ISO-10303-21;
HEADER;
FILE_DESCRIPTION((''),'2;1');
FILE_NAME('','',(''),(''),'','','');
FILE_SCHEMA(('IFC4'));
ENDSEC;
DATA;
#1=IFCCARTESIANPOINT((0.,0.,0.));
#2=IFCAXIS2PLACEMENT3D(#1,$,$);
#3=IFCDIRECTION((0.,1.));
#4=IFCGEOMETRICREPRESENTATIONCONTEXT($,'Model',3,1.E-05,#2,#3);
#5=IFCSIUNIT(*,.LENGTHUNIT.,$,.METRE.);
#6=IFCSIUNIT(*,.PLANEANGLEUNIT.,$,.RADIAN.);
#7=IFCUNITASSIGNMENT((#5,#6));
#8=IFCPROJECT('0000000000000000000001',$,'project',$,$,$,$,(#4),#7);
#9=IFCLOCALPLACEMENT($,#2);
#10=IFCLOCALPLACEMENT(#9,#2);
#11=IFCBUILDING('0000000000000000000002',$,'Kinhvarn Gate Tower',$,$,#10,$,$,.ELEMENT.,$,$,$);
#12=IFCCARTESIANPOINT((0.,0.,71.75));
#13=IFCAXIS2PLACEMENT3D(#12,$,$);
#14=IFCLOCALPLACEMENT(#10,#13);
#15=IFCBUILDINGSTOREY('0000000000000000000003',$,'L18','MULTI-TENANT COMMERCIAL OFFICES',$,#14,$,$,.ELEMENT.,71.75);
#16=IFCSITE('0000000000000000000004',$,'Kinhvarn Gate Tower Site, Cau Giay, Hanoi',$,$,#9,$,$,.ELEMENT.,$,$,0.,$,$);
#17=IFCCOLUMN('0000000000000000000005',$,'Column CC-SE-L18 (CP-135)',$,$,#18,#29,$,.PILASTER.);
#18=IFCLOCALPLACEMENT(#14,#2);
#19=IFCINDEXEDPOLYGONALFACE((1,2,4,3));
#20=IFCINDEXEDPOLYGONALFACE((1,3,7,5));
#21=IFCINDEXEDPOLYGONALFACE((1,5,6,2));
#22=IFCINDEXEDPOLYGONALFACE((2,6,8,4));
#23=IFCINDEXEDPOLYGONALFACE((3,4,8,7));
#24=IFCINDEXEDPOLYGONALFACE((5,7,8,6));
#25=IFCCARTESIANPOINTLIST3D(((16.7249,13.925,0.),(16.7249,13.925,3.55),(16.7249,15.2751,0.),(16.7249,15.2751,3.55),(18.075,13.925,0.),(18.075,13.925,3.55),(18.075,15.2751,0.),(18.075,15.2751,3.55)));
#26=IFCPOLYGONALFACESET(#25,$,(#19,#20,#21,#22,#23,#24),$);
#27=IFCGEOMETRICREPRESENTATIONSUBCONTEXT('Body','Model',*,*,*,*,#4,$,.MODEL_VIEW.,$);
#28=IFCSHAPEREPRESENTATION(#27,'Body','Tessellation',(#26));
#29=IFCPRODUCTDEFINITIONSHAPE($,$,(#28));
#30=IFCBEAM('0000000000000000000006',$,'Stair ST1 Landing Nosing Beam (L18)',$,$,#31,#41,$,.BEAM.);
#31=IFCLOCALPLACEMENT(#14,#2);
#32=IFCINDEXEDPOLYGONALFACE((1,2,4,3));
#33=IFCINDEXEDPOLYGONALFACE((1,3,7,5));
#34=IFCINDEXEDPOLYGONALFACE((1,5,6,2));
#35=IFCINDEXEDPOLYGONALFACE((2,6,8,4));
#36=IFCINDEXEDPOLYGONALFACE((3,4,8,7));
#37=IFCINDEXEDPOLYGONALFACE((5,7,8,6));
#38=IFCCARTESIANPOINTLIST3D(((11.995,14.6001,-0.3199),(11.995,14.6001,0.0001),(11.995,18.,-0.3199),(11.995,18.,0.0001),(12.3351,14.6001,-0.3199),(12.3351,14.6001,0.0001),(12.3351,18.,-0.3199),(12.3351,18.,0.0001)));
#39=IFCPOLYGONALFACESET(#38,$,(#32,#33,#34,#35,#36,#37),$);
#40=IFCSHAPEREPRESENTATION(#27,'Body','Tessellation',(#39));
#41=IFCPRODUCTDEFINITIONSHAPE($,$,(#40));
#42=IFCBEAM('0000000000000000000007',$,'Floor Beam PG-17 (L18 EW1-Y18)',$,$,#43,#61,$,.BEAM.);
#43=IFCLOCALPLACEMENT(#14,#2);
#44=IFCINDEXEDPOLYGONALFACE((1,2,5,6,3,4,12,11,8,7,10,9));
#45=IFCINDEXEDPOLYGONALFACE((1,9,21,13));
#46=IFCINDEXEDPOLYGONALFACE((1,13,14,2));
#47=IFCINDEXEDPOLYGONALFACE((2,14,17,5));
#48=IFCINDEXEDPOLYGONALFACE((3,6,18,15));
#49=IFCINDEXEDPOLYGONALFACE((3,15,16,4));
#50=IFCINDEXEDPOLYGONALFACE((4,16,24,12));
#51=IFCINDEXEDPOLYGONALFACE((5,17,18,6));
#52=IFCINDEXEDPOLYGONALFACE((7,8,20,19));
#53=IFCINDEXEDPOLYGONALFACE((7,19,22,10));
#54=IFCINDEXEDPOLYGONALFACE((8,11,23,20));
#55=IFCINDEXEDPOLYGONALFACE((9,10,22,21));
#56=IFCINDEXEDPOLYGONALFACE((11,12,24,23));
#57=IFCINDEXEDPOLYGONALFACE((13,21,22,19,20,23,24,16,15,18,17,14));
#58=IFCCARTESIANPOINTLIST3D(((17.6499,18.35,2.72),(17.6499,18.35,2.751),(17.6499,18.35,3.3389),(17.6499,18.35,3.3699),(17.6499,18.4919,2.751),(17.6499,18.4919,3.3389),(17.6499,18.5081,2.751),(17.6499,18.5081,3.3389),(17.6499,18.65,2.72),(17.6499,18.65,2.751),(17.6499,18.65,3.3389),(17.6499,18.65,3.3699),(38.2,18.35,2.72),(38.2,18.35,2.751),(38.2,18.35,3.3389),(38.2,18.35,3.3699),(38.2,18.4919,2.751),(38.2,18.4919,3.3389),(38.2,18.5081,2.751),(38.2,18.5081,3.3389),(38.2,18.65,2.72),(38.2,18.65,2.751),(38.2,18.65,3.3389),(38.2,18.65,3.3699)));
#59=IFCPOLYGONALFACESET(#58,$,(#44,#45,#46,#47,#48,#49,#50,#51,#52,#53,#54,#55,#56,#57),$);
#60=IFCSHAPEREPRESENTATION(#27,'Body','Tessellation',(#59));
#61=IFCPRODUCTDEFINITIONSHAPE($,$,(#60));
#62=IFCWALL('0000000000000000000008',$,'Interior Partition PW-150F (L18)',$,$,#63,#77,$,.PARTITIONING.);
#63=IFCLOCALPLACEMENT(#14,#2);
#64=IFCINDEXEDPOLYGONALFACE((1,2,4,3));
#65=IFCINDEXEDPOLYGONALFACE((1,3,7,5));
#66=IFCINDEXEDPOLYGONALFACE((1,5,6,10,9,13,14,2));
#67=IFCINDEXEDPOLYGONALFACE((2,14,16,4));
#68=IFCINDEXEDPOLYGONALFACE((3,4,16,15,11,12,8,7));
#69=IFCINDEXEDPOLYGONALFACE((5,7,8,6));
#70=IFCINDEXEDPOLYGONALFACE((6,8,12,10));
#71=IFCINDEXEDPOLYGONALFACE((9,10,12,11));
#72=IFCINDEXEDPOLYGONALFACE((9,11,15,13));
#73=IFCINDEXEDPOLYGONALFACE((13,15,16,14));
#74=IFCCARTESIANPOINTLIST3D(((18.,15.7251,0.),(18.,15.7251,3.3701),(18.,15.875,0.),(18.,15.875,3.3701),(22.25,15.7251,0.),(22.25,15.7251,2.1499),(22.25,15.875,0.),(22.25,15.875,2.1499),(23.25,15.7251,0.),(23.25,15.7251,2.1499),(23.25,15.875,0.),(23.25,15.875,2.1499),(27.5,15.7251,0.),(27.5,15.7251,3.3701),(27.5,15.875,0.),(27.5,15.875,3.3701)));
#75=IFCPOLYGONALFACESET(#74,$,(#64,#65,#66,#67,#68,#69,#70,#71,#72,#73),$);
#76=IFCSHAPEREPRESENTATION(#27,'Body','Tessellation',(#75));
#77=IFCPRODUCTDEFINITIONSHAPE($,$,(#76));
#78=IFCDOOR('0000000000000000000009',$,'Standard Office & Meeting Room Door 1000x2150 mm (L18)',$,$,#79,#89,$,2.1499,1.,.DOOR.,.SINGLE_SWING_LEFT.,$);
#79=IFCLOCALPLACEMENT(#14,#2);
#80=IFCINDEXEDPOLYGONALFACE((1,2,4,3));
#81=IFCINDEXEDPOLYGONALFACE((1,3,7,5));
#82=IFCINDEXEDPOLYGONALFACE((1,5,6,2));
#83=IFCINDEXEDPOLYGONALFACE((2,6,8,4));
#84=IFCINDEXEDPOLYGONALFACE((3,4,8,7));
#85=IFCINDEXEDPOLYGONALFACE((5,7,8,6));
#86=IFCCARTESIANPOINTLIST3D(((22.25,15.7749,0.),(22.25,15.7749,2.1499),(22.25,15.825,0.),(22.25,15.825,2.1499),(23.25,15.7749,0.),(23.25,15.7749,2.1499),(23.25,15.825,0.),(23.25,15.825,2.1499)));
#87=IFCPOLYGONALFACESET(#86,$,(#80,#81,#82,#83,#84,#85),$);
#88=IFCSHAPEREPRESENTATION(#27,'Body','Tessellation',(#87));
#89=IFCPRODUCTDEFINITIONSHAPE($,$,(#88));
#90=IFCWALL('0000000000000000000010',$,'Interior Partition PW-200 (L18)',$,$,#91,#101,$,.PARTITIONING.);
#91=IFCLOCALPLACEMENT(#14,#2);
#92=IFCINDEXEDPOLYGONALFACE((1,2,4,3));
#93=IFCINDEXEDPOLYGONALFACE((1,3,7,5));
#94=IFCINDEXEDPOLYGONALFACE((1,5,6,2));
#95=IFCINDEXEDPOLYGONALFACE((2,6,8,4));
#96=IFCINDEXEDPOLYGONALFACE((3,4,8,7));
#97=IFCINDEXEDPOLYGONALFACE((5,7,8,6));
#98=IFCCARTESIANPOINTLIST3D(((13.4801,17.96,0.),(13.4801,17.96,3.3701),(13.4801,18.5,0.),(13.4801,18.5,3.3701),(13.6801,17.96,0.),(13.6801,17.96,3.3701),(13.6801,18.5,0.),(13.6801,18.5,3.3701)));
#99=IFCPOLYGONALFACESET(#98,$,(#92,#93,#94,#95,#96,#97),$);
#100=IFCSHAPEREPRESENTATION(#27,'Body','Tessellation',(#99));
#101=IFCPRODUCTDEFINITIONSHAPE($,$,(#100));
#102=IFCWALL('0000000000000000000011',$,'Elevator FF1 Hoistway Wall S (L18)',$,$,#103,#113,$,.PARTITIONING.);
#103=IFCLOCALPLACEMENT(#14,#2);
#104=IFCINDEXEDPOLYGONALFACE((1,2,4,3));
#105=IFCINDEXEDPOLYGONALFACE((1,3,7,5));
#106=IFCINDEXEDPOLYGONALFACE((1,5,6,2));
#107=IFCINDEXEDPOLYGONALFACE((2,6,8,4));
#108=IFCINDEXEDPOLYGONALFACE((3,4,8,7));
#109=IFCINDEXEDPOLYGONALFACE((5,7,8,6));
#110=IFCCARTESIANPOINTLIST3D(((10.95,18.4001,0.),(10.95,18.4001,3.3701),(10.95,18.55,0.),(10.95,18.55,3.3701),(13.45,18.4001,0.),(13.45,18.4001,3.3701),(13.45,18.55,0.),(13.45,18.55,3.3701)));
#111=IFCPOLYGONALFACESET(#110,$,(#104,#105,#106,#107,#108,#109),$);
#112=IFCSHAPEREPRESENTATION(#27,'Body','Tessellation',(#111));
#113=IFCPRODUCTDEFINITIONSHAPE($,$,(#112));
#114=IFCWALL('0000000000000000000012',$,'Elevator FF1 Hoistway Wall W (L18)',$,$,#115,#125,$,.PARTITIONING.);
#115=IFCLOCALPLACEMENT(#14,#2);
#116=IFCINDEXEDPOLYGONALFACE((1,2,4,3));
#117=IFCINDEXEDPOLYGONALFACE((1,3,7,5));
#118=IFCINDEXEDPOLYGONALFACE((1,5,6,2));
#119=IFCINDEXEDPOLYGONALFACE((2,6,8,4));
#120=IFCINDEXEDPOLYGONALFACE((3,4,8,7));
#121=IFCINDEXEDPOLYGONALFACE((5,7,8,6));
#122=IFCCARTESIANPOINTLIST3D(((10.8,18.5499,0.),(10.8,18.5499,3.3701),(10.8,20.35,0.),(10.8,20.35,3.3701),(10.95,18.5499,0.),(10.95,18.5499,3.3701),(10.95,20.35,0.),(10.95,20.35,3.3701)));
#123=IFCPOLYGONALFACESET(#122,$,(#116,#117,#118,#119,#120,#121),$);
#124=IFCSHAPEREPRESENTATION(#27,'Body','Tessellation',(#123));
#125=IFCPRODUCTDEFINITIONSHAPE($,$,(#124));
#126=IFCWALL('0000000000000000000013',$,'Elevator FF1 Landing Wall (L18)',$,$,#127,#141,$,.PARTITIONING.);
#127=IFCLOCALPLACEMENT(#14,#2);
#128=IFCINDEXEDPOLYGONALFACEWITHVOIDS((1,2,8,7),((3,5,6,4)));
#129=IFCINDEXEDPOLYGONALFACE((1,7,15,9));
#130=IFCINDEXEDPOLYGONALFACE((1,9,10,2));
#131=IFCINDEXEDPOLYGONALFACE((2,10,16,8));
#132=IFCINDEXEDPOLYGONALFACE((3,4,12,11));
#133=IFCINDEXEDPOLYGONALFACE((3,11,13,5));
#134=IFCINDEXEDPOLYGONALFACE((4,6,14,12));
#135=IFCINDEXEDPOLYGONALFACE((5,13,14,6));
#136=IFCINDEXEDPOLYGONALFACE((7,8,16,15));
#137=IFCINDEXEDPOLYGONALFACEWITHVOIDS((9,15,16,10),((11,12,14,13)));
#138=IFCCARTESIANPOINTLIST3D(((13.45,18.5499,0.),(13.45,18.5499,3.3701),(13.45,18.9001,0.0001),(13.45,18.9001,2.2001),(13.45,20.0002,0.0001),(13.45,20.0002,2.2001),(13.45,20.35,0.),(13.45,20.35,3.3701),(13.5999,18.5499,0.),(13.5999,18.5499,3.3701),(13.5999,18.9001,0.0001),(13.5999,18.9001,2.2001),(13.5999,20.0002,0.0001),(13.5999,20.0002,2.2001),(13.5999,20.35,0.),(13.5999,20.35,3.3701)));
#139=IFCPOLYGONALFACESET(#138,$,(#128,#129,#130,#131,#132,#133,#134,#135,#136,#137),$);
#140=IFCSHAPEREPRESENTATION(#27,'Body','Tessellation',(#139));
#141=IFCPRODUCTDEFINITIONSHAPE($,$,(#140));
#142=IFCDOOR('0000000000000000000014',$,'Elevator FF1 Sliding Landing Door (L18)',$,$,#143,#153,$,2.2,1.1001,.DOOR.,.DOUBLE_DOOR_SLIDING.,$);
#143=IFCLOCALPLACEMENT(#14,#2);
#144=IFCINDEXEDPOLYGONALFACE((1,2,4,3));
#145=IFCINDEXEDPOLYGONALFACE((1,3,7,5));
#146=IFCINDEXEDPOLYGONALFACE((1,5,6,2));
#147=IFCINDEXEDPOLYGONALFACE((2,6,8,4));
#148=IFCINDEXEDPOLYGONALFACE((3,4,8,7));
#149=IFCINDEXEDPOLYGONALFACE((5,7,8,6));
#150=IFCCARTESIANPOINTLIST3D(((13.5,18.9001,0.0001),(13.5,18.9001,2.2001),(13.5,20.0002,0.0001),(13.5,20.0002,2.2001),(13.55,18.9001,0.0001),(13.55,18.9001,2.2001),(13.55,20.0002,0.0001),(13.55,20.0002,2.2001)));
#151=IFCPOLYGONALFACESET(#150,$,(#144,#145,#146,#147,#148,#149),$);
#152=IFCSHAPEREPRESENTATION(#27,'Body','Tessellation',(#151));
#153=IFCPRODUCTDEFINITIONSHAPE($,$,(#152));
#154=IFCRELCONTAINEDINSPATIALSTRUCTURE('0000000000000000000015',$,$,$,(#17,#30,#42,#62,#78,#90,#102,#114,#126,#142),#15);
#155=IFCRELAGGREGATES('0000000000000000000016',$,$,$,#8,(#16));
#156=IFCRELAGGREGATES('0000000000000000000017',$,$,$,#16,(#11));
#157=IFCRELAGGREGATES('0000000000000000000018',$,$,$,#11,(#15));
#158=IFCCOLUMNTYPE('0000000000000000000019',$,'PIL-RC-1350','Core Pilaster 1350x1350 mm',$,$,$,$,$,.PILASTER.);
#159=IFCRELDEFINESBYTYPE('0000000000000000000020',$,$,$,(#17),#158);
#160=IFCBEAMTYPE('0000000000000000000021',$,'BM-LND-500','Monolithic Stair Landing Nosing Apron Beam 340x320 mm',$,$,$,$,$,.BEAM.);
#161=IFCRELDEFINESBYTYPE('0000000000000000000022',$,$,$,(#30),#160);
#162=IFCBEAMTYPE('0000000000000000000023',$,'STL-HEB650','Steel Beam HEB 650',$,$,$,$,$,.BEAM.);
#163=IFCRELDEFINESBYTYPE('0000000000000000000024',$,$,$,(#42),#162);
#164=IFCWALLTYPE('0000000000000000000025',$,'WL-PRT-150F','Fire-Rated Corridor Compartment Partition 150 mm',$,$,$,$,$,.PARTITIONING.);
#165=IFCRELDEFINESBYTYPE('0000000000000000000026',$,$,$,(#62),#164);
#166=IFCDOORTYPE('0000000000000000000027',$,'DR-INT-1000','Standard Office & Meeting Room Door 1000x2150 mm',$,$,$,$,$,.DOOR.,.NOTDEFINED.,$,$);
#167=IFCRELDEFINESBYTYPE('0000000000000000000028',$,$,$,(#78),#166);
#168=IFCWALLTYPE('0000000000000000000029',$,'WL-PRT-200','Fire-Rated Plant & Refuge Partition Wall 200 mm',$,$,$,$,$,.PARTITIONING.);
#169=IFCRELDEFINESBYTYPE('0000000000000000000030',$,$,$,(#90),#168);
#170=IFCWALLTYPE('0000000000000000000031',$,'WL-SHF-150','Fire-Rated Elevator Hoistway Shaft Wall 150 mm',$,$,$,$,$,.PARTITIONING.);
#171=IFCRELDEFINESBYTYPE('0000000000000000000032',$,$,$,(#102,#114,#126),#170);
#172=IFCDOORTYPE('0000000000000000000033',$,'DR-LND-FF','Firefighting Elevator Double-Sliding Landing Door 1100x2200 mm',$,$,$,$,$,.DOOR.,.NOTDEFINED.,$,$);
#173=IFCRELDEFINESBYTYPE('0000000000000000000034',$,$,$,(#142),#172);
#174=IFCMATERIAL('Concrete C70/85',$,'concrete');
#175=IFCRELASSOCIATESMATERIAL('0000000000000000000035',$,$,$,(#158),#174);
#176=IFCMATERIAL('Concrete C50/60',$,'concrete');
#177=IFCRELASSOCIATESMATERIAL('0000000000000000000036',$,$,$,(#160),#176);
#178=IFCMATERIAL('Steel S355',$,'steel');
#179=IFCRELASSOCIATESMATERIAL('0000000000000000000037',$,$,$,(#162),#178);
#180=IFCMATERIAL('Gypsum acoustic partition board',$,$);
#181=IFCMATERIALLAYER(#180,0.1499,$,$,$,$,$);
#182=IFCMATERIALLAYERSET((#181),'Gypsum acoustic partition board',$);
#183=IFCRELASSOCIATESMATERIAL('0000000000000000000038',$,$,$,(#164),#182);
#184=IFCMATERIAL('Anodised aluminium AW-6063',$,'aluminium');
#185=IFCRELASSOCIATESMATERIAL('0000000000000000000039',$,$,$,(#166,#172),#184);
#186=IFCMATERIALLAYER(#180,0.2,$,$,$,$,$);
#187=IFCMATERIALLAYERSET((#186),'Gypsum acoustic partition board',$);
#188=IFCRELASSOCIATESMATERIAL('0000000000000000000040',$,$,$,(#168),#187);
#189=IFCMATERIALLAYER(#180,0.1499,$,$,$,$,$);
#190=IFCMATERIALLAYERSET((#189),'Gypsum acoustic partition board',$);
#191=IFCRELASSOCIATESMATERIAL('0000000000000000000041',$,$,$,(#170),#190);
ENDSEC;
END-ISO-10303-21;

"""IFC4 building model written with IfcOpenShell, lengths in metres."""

from ifc_helpers import new_model, si_unit, direction, frame, frame_2d, origin, origin_2d, place, context, subcontext, project, spatial, rectangle, i_section, extrude, material, layer, layer_set, material_profile, profile_set, type_object, element, fill, save


model = new_model("IFC4")

# Units and contexts
model_context = context("Model", 3, precision=1e-05, world=origin(), true_north=direction((0.0, 1.0)))
body_context = subcontext(model_context, "Body", "Model", "MODEL_VIEW")
ifc_project = project(units=[si_unit("LENGTHUNIT", "METRE"), si_unit("PLANEANGLEUNIT", "RADIAN")], contexts=[model_context])

# Site, building, storey
site_placement = place(None, origin())
site = spatial("IfcSite", under=ifc_project, at=site_placement, Name="Kinhvarn Gate Tower Site, Cau Giay, Hanoi", CompositionType="ELEMENT", RefElevation=0.0)
building_placement = place(site_placement, origin())
building = spatial("IfcBuilding", under=site, at=building_placement, Name="Kinhvarn Gate Tower", CompositionType="ELEMENT")
storey_placement = place(building_placement, frame((0.0, 0.0, 71.75)))
storey = spatial("IfcBuildingStorey", under=building, at=storey_placement, Name="L18", Description="MULTI-TENANT COMMERCIAL OFFICES", CompositionType="ELEMENT", Elevation=71.75)

# Column
ifc_material_1 = material(Name="Concrete C70/85", Category="concrete")
ifc_material_profile_1 = material_profile(ifc_material_1, rectangle(XDim=1.3501, YDim=1.3501, at=origin_2d()), Name="RC 1350x1350")
ifc_profile_set_1 = profile_set([ifc_material_profile_1], Name="Concrete C70/85")
column_type = type_object("IfcColumnType", Name="PIL-RC-1350", Description="Core Pilaster 1350x1350 mm", PredefinedType="PILASTER", material=ifc_profile_set_1)
column_placement = place(storey_placement, frame((17.3999, 14.6001, 0.0), z_axis=(0.0, 0.0, 1.0), x_axis=(1.0, 0.0, 0.0)))
element("IfcColumn", 1, at=column_placement, inside=storey, type_object=column_type, Name="Column CC-SE-L18 (CP-135)", PredefinedType="PILASTER", context=body_context, shape_type="SweptSolid", body=[
    extrude(rectangle(XDim=1.3501, YDim=1.3501, at=origin_2d()), origin(), (0.0, 0.0, 1.0), 3.55),
])

# Beams
ifc_material_2 = material(Name="Concrete C50/60", Category="concrete")
ifc_material_profile_2 = material_profile(ifc_material_2, rectangle(XDim=0.3401, YDim=0.3201, at=origin_2d()), Name="RC 340x320")
ifc_profile_set_2 = profile_set([ifc_material_profile_2], Name="Concrete C50/60")
beam_type_1 = type_object("IfcBeamType", Name="BM-LND-500", Description="Monolithic Stair Landing Nosing Apron Beam 340x320 mm", PredefinedType="BEAM", material=ifc_profile_set_2)
beam_1_placement = place(storey_placement, frame((12.165, 14.6001, -0.1599), z_axis=(0.0, 1.0, 0.0), x_axis=(-1.0, 0.0, 0.0)))
element("IfcBeam", 2, at=beam_1_placement, inside=storey, type_object=beam_type_1, Name="Stair ST1 Landing Nosing Beam (L18)", PredefinedType="BEAM", context=body_context, shape_type="SweptSolid", body=[
    extrude(rectangle(XDim=0.3401, YDim=0.3201, at=origin_2d()), origin(), (0.0, 0.0, 1.0), 3.3999),
])
ifc_material_3 = material(Name="Steel S355", Category="steel")
ifc_material_profile_3 = material_profile(ifc_material_3, i_section(OverallWidth=0.3, OverallDepth=0.6499, WebThickness=0.0161, FlangeThickness=0.031, at=origin_2d()), Name="HEB 650")
ifc_profile_set_3 = profile_set([ifc_material_profile_3], Name="Steel S355")
beam_type_2 = type_object("IfcBeamType", Name="STL-HEB650", Description="Steel Beam HEB 650", PredefinedType="BEAM", material=ifc_profile_set_3)
beam_2_placement = place(storey_placement, frame((17.6499, 18.5, 3.0449), z_axis=(1.0, 0.0, 0.0), x_axis=(0.0, 1.0, 0.0)))
element("IfcBeam", 3, at=beam_2_placement, inside=storey, type_object=beam_type_2, Name="Floor Beam PG-17 (L18 EW1-Y18)", PredefinedType="BEAM", context=body_context, shape_type="SweptSolid", body=[
    extrude(i_section(OverallWidth=0.3, OverallDepth=0.6499, WebThickness=0.0161, FlangeThickness=0.031, at=origin_2d()), origin(), (0.0, 0.0, 1.0), 20.55),
])

# Wall, opening, door
ifc_material_4 = material(Name="Anodised aluminium AW-6063", Category="aluminium")
ifc_material_5 = material(Name="Gypsum acoustic partition board")
ifc_layer_1 = layer(ifc_material_5, 0.1499)
ifc_layer_set_1 = layer_set([ifc_layer_1], Name="Gypsum acoustic partition board")
wall_type_1 = type_object("IfcWallType", Name="WL-PRT-150F", Description="Fire-Rated Corridor Compartment Partition 150 mm", PredefinedType="PARTITIONING", material=ifc_layer_set_1)
wall_1_placement = place(storey_placement, frame((18.0, 15.8, 0.0), z_axis=(0.0, 0.0, 1.0), x_axis=(1.0, 0.0, 0.0)))
wall_1 = element("IfcWall", 4, at=wall_1_placement, inside=storey, type_object=wall_type_1, Name="Interior Partition PW-150F (L18)", PredefinedType="PARTITIONING", context=body_context, shape_type="SweptSolid", body=[
    extrude(rectangle(XDim=9.5, YDim=0.1499, at=frame_2d((4.75, 0.0))), origin(), (0.0, 0.0, 1.0), 3.3701),
])
opening_1_placement = place(wall_1_placement, frame((4.25, 0.0, 0.0)))
opening_1 = element("IfcOpeningElement", 5, at=opening_1_placement, cuts=wall_1, PredefinedType="OPENING", context=body_context, shape_type="SweptSolid", body=[
    extrude(rectangle(XDim=1.0, YDim=2.1499, at=frame_2d((0.5, 1.075))), frame((0.0, 0.085, 0.0), z_axis=(0.0, -1.0, 0.0), x_axis=(1.0, 0.0, 0.0)), (0.0, 0.0, 1.0), 0.1699),
])
door_type_1 = type_object("IfcDoorType", Name="DR-INT-1000", Description="Standard Office & Meeting Room Door 1000x2150 mm", OperationType="NOTDEFINED", PredefinedType="DOOR", material=ifc_material_4)
door_1_placement = place(opening_1_placement, origin())
door_1 = element("IfcDoor", 6, at=door_1_placement, inside=storey, type_object=door_type_1, Name="Standard Office & Meeting Room Door 1000x2150 mm (L18)", OperationType="SINGLE_SWING_LEFT", OverallHeight=2.1499, OverallWidth=1.0, PredefinedType="DOOR", context=body_context, shape_type="SweptSolid", body=[
    extrude(rectangle(XDim=1.0, YDim=2.1499, at=frame_2d((0.5, 1.075))), frame((0.0, 0.0249, 0.0), z_axis=(0.0, -1.0, 0.0), x_axis=(1.0, 0.0, 0.0)), (0.0, 0.0, 1.0), 0.05),
])
fill(opening_1, door_1)

# Walls
ifc_layer_2 = layer(ifc_material_5, 0.2)
ifc_layer_set_2 = layer_set([ifc_layer_2], Name="Gypsum acoustic partition board")
wall_type_2 = type_object("IfcWallType", Name="WL-PRT-200", Description="Fire-Rated Plant & Refuge Partition Wall 200 mm", PredefinedType="PARTITIONING", material=ifc_layer_set_2)
wall_2_placement = place(storey_placement, frame((13.5801, 17.96, 0.0), z_axis=(0.0, 0.0, 1.0), x_axis=(0.0, 1.0, 0.0)))
element("IfcWall", 7, at=wall_2_placement, inside=storey, type_object=wall_type_2, Name="Interior Partition PW-200 (L18)", PredefinedType="PARTITIONING", context=body_context, shape_type="SweptSolid", body=[
    extrude(rectangle(XDim=0.54, YDim=0.2, at=frame_2d((0.27, 0.0))), origin(), (0.0, 0.0, 1.0), 3.3701),
])
ifc_layer_3 = layer(ifc_material_5, 0.1499)
ifc_layer_set_3 = layer_set([ifc_layer_3], Name="Gypsum acoustic partition board")
wall_type_3 = type_object("IfcWallType", Name="WL-SHF-150", Description="Fire-Rated Elevator Hoistway Shaft Wall 150 mm", PredefinedType="PARTITIONING", material=ifc_layer_set_3)
wall_3_placement = place(storey_placement, frame((10.95, 18.4751, 0.0), z_axis=(0.0, 0.0, 1.0), x_axis=(1.0, 0.0, 0.0)))
element("IfcWall", 8, at=wall_3_placement, inside=storey, type_object=wall_type_3, Name="Elevator FF1 Hoistway Wall S (L18)", PredefinedType="PARTITIONING", context=body_context, shape_type="SweptSolid", body=[
    extrude(rectangle(XDim=2.5, YDim=0.1499, at=frame_2d((1.25, 0.0))), origin(), (0.0, 0.0, 1.0), 3.3701),
])
wall_4_placement = place(storey_placement, frame((10.875, 18.55, 0.0), z_axis=(0.0, 0.0, 1.0), x_axis=(0.0, 1.0, 0.0)))
element("IfcWall", 9, at=wall_4_placement, inside=storey, type_object=wall_type_3, Name="Elevator FF1 Hoistway Wall W (L18)", PredefinedType="PARTITIONING", context=body_context, shape_type="SweptSolid", body=[
    extrude(rectangle(XDim=1.8, YDim=0.1499, at=frame_2d((0.8999, 0.0))), origin(), (0.0, 0.0, 1.0), 3.3701),
])

# Wall, opening, door
wall_5_placement = place(storey_placement, frame((13.5249, 18.55, 0.0), z_axis=(0.0, 0.0, 1.0), x_axis=(0.0, 1.0, 0.0)))
wall_5 = element("IfcWall", 10, at=wall_5_placement, inside=storey, type_object=wall_type_3, Name="Elevator FF1 Landing Wall (L18)", PredefinedType="PARTITIONING", context=body_context, shape_type="SweptSolid", body=[
    extrude(rectangle(XDim=1.8, YDim=0.1499, at=frame_2d((0.8999, 0.0))), origin(), (0.0, 0.0, 1.0), 3.3701),
])
opening_2_placement = place(wall_5_placement, frame((0.3501, 0.0, 0.0)))
opening_2 = element("IfcOpeningElement", 11, at=opening_2_placement, cuts=wall_5, PredefinedType="OPENING", context=body_context, shape_type="SweptSolid", body=[
    extrude(rectangle(XDim=1.1001, YDim=2.2, at=frame_2d((0.55, 1.1001))), frame((0.0, 0.085, 0.0), z_axis=(0.0, -1.0, 0.0), x_axis=(1.0, 0.0, 0.0)), (0.0, 0.0, 1.0), 0.1699),
])
door_type_2 = type_object("IfcDoorType", Name="DR-LND-FF", Description="Firefighting Elevator Double-Sliding Landing Door 1100x2200 mm", OperationType="NOTDEFINED", PredefinedType="DOOR", material=ifc_material_4)
door_2_placement = place(opening_2_placement, origin())
door_2 = element("IfcDoor", 12, at=door_2_placement, inside=storey, type_object=door_type_2, Name="Elevator FF1 Sliding Landing Door (L18)", OperationType="DOUBLE_DOOR_SLIDING", OverallHeight=2.2, OverallWidth=1.1001, PredefinedType="DOOR", context=body_context, shape_type="SweptSolid", body=[
    extrude(rectangle(XDim=1.1001, YDim=2.2, at=frame_2d((0.55, 1.1001))), frame((0.0, 0.0249, 0.0), z_axis=(0.0, -1.0, 0.0), x_axis=(1.0, 0.0, 0.0)), (0.0, 0.0, 1.0), 0.05),
])
fill(opening_2, door_2)

save(model, "model.ifc")
